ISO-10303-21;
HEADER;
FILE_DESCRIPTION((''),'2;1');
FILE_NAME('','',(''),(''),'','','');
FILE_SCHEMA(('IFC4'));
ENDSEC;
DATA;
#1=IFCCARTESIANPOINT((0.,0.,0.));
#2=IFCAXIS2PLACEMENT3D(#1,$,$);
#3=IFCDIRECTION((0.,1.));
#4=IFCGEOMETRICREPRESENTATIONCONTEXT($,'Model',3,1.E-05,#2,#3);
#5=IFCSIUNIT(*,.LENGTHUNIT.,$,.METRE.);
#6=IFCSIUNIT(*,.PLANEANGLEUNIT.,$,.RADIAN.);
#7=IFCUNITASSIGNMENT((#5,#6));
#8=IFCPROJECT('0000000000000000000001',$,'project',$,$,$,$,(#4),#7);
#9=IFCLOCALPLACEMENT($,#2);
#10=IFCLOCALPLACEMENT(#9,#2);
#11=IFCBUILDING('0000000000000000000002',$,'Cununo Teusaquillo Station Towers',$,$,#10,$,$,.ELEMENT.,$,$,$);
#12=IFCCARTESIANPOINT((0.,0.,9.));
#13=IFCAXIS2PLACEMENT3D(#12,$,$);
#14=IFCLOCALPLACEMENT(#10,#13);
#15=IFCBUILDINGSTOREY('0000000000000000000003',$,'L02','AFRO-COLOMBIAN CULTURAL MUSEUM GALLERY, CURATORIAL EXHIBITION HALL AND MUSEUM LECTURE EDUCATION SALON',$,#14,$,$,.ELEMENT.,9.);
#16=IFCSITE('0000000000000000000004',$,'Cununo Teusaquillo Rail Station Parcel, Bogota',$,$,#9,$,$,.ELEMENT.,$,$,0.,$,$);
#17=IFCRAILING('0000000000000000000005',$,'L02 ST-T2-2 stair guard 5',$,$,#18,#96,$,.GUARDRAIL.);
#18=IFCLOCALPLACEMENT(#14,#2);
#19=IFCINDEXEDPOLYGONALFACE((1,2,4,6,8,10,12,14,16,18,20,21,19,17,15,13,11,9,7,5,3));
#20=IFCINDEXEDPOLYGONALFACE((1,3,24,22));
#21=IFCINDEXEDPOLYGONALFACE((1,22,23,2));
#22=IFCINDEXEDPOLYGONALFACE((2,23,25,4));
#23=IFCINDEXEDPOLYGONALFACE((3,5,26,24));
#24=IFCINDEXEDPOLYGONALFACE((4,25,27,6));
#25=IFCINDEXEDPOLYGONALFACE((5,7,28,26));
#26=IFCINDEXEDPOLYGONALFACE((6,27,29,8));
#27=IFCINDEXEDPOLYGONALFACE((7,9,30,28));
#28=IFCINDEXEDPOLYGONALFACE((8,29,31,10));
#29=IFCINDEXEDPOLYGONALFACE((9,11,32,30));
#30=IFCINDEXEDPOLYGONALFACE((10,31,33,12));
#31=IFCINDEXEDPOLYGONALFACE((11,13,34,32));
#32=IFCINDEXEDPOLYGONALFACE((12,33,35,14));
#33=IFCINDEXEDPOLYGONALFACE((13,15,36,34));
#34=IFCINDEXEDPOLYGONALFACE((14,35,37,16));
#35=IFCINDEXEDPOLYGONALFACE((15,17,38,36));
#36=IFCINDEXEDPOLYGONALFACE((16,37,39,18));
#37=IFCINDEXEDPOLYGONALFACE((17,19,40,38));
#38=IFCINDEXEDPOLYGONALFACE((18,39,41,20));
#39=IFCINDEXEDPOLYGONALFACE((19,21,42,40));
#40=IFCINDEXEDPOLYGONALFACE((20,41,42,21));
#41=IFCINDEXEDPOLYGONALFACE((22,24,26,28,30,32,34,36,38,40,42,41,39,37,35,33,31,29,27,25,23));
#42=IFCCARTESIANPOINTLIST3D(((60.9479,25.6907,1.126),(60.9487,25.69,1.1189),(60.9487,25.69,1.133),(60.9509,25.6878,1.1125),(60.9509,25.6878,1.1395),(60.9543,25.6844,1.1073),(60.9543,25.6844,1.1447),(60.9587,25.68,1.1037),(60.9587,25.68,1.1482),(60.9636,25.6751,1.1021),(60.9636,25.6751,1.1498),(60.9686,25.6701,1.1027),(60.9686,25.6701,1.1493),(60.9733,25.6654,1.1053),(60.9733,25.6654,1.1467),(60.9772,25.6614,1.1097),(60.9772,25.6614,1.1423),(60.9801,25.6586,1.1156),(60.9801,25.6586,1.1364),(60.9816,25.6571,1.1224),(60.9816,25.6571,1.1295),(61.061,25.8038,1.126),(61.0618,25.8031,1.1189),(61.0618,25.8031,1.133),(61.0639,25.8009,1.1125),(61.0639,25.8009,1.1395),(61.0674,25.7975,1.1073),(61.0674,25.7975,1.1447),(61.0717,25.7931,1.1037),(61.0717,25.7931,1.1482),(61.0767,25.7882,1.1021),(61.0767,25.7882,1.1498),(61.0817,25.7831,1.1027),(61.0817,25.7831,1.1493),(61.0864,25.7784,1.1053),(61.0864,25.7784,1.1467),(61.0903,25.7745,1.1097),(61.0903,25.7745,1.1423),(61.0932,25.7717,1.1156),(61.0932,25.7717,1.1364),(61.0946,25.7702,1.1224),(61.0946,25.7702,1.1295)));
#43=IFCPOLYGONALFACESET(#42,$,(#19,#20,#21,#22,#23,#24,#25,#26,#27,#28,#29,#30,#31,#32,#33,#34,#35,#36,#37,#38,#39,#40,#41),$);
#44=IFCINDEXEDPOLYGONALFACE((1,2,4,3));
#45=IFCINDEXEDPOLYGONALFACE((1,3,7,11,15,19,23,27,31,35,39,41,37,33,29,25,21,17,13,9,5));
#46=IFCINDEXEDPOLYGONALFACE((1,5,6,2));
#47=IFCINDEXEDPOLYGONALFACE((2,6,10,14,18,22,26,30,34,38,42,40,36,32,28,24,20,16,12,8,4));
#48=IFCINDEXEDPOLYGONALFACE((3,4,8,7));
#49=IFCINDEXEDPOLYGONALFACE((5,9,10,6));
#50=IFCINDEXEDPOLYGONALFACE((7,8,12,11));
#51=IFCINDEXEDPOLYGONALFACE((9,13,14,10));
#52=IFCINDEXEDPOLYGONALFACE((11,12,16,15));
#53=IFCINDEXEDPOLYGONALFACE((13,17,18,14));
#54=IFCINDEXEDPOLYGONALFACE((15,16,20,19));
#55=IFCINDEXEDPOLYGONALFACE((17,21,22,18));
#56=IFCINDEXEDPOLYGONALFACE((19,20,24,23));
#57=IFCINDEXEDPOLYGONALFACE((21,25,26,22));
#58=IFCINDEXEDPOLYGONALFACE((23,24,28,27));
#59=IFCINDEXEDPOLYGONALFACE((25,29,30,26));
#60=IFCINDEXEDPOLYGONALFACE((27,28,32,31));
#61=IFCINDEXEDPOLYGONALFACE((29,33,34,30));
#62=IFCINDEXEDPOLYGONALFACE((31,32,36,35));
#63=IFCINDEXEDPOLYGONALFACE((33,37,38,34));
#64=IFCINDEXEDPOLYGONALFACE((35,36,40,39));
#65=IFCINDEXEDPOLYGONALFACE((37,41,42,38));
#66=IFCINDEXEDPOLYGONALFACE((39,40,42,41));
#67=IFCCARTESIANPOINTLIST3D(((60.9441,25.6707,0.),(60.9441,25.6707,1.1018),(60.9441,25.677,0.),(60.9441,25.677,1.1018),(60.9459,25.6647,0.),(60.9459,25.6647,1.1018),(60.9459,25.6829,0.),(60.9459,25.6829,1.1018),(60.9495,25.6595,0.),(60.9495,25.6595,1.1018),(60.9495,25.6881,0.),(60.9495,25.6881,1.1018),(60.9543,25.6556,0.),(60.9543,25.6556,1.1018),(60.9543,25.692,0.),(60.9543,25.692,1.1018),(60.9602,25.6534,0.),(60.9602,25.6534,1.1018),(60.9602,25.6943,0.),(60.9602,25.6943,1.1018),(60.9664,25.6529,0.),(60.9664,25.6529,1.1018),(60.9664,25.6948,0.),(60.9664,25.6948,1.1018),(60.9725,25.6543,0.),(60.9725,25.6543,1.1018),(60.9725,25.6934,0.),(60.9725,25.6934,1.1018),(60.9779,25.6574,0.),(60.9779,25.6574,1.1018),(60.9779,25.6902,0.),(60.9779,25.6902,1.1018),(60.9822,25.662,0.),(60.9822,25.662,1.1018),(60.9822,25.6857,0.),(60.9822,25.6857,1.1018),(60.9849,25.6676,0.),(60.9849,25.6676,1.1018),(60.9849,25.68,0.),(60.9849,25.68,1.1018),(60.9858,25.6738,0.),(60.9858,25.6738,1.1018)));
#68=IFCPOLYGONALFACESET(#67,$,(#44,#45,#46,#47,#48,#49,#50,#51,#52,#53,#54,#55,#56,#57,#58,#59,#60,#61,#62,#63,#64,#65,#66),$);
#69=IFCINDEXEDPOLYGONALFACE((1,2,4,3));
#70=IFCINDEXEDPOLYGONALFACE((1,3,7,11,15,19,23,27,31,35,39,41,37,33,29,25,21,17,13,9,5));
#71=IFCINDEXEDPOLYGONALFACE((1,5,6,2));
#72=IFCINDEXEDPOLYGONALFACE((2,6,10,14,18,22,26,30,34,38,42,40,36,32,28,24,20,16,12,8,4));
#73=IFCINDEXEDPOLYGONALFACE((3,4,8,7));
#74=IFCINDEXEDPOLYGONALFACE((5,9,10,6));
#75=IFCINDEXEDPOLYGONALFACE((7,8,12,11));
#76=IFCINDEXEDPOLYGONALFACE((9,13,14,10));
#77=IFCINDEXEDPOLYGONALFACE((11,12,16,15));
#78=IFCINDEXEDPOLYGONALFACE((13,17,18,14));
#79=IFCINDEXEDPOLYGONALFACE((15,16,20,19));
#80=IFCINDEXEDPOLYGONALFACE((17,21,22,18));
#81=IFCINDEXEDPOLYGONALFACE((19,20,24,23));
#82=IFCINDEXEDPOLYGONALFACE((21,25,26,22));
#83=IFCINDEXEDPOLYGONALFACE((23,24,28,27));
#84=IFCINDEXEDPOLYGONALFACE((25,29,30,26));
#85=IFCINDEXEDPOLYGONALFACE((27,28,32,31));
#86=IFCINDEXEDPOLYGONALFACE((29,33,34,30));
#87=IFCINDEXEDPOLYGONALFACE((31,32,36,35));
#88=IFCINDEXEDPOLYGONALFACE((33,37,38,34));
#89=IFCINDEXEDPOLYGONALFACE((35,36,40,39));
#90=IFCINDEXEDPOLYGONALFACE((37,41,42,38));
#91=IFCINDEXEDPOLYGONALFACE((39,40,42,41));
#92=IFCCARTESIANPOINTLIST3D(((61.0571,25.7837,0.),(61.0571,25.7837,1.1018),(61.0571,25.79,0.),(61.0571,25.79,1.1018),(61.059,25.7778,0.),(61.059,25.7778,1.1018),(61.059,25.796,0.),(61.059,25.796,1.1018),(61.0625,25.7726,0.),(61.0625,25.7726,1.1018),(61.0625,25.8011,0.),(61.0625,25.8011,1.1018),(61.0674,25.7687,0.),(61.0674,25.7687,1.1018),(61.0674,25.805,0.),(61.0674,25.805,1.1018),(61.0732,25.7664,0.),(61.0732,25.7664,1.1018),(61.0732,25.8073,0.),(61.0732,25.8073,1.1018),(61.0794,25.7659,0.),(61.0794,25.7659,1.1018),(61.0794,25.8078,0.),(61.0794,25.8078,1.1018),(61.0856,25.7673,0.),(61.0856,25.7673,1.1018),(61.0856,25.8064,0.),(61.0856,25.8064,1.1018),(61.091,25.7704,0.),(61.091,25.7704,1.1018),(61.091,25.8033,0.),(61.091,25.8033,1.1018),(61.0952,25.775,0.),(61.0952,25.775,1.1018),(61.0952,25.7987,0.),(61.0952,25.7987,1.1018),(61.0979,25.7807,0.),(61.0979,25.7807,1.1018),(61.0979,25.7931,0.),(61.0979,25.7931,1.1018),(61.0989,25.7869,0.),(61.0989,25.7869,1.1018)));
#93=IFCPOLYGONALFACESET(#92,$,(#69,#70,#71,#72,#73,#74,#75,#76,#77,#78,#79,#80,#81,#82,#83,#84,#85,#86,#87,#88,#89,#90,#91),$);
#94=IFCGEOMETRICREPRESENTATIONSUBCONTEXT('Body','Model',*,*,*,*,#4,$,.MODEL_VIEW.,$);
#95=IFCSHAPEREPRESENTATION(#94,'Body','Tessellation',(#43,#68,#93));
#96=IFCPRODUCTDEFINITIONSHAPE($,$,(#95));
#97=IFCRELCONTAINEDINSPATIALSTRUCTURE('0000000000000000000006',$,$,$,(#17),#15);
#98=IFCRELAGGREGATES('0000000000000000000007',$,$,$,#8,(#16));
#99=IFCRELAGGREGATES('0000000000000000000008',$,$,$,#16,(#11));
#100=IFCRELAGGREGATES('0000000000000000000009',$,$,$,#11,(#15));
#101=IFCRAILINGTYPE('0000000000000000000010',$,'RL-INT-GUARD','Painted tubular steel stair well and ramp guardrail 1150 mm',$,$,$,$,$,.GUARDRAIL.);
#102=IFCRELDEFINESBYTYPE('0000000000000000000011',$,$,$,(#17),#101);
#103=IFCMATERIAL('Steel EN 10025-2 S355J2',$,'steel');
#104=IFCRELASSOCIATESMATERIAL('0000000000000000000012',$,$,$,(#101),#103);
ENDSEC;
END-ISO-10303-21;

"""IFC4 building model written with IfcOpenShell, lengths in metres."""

from ifc_helpers import new_model, si_unit, direction, frame, origin, origin_2d, place, context, subcontext, project, spatial, circle, extrude, material, type_object, element, save


model = new_model("IFC4")

# Units and contexts
model_context = context("Model", 3, precision=1e-05, world=origin(), true_north=direction((0.0, 1.0)))
body_context = subcontext(model_context, "Body", "Model", "MODEL_VIEW")
ifc_project = project(units=[si_unit("LENGTHUNIT", "METRE"), si_unit("PLANEANGLEUNIT", "RADIAN")], contexts=[model_context])

# Site, building, storey
site_placement = place(None, origin())
site = spatial("IfcSite", under=ifc_project, at=site_placement, Name="Cununo Teusaquillo Rail Station Parcel, Bogota", CompositionType="ELEMENT", RefElevation=0.0)
building_placement = place(site_placement, origin())
building = spatial("IfcBuilding", under=site, at=building_placement, Name="Cununo Teusaquillo Station Towers", CompositionType="ELEMENT")
storey_placement = place(building_placement, frame((0.0, 0.0, 9.0)))
storey = spatial("IfcBuildingStorey", under=building, at=storey_placement, Name="L02", Description="AFRO-COLOMBIAN CULTURAL MUSEUM GALLERY, CURATORIAL EXHIBITION HALL AND MUSEUM LECTURE EDUCATION SALON", CompositionType="ELEMENT", Elevation=9.0)

# Railing
ifc_material_1 = material(Name="Steel EN 10025-2 S355J2", Category="steel")
railing_type_1 = type_object("IfcRailingType", Name="RL-INT-GUARD", Description="Painted tubular steel stair well and ramp guardrail 1150 mm", PredefinedType="GUARDRAIL", material=ifc_material_1)
railing_1_placement = place(storey_placement, frame((60.9648, 25.6738, 0.0)))
element("IfcRailing", 1, at=railing_1_placement, inside=storey, type_object=railing_type_1, Name="L02 ST-T2-2 stair guard 5", PredefinedType="GUARDRAIL", context=body_context, shape_type="SweptSolid", body=[
    extrude(circle(Radius=0.0239, at=origin_2d()), frame((0.0, 0.0, 1.126), z_axis=(0.707107, 0.707107, 0.0), x_axis=(-0.707107, 0.707107, 0.0)), (0.0, 0.0, 1.0), 0.1599),
    extrude(circle(Radius=0.021, at=origin_2d()), origin(), (0.0, 0.0, 1.0), 1.1018),
    extrude(circle(Radius=0.021, at=origin_2d()), frame((0.113, 0.113, 0.0)), (0.0, 0.0, 1.0), 1.1018),
])

save(model, "model.ifc")
